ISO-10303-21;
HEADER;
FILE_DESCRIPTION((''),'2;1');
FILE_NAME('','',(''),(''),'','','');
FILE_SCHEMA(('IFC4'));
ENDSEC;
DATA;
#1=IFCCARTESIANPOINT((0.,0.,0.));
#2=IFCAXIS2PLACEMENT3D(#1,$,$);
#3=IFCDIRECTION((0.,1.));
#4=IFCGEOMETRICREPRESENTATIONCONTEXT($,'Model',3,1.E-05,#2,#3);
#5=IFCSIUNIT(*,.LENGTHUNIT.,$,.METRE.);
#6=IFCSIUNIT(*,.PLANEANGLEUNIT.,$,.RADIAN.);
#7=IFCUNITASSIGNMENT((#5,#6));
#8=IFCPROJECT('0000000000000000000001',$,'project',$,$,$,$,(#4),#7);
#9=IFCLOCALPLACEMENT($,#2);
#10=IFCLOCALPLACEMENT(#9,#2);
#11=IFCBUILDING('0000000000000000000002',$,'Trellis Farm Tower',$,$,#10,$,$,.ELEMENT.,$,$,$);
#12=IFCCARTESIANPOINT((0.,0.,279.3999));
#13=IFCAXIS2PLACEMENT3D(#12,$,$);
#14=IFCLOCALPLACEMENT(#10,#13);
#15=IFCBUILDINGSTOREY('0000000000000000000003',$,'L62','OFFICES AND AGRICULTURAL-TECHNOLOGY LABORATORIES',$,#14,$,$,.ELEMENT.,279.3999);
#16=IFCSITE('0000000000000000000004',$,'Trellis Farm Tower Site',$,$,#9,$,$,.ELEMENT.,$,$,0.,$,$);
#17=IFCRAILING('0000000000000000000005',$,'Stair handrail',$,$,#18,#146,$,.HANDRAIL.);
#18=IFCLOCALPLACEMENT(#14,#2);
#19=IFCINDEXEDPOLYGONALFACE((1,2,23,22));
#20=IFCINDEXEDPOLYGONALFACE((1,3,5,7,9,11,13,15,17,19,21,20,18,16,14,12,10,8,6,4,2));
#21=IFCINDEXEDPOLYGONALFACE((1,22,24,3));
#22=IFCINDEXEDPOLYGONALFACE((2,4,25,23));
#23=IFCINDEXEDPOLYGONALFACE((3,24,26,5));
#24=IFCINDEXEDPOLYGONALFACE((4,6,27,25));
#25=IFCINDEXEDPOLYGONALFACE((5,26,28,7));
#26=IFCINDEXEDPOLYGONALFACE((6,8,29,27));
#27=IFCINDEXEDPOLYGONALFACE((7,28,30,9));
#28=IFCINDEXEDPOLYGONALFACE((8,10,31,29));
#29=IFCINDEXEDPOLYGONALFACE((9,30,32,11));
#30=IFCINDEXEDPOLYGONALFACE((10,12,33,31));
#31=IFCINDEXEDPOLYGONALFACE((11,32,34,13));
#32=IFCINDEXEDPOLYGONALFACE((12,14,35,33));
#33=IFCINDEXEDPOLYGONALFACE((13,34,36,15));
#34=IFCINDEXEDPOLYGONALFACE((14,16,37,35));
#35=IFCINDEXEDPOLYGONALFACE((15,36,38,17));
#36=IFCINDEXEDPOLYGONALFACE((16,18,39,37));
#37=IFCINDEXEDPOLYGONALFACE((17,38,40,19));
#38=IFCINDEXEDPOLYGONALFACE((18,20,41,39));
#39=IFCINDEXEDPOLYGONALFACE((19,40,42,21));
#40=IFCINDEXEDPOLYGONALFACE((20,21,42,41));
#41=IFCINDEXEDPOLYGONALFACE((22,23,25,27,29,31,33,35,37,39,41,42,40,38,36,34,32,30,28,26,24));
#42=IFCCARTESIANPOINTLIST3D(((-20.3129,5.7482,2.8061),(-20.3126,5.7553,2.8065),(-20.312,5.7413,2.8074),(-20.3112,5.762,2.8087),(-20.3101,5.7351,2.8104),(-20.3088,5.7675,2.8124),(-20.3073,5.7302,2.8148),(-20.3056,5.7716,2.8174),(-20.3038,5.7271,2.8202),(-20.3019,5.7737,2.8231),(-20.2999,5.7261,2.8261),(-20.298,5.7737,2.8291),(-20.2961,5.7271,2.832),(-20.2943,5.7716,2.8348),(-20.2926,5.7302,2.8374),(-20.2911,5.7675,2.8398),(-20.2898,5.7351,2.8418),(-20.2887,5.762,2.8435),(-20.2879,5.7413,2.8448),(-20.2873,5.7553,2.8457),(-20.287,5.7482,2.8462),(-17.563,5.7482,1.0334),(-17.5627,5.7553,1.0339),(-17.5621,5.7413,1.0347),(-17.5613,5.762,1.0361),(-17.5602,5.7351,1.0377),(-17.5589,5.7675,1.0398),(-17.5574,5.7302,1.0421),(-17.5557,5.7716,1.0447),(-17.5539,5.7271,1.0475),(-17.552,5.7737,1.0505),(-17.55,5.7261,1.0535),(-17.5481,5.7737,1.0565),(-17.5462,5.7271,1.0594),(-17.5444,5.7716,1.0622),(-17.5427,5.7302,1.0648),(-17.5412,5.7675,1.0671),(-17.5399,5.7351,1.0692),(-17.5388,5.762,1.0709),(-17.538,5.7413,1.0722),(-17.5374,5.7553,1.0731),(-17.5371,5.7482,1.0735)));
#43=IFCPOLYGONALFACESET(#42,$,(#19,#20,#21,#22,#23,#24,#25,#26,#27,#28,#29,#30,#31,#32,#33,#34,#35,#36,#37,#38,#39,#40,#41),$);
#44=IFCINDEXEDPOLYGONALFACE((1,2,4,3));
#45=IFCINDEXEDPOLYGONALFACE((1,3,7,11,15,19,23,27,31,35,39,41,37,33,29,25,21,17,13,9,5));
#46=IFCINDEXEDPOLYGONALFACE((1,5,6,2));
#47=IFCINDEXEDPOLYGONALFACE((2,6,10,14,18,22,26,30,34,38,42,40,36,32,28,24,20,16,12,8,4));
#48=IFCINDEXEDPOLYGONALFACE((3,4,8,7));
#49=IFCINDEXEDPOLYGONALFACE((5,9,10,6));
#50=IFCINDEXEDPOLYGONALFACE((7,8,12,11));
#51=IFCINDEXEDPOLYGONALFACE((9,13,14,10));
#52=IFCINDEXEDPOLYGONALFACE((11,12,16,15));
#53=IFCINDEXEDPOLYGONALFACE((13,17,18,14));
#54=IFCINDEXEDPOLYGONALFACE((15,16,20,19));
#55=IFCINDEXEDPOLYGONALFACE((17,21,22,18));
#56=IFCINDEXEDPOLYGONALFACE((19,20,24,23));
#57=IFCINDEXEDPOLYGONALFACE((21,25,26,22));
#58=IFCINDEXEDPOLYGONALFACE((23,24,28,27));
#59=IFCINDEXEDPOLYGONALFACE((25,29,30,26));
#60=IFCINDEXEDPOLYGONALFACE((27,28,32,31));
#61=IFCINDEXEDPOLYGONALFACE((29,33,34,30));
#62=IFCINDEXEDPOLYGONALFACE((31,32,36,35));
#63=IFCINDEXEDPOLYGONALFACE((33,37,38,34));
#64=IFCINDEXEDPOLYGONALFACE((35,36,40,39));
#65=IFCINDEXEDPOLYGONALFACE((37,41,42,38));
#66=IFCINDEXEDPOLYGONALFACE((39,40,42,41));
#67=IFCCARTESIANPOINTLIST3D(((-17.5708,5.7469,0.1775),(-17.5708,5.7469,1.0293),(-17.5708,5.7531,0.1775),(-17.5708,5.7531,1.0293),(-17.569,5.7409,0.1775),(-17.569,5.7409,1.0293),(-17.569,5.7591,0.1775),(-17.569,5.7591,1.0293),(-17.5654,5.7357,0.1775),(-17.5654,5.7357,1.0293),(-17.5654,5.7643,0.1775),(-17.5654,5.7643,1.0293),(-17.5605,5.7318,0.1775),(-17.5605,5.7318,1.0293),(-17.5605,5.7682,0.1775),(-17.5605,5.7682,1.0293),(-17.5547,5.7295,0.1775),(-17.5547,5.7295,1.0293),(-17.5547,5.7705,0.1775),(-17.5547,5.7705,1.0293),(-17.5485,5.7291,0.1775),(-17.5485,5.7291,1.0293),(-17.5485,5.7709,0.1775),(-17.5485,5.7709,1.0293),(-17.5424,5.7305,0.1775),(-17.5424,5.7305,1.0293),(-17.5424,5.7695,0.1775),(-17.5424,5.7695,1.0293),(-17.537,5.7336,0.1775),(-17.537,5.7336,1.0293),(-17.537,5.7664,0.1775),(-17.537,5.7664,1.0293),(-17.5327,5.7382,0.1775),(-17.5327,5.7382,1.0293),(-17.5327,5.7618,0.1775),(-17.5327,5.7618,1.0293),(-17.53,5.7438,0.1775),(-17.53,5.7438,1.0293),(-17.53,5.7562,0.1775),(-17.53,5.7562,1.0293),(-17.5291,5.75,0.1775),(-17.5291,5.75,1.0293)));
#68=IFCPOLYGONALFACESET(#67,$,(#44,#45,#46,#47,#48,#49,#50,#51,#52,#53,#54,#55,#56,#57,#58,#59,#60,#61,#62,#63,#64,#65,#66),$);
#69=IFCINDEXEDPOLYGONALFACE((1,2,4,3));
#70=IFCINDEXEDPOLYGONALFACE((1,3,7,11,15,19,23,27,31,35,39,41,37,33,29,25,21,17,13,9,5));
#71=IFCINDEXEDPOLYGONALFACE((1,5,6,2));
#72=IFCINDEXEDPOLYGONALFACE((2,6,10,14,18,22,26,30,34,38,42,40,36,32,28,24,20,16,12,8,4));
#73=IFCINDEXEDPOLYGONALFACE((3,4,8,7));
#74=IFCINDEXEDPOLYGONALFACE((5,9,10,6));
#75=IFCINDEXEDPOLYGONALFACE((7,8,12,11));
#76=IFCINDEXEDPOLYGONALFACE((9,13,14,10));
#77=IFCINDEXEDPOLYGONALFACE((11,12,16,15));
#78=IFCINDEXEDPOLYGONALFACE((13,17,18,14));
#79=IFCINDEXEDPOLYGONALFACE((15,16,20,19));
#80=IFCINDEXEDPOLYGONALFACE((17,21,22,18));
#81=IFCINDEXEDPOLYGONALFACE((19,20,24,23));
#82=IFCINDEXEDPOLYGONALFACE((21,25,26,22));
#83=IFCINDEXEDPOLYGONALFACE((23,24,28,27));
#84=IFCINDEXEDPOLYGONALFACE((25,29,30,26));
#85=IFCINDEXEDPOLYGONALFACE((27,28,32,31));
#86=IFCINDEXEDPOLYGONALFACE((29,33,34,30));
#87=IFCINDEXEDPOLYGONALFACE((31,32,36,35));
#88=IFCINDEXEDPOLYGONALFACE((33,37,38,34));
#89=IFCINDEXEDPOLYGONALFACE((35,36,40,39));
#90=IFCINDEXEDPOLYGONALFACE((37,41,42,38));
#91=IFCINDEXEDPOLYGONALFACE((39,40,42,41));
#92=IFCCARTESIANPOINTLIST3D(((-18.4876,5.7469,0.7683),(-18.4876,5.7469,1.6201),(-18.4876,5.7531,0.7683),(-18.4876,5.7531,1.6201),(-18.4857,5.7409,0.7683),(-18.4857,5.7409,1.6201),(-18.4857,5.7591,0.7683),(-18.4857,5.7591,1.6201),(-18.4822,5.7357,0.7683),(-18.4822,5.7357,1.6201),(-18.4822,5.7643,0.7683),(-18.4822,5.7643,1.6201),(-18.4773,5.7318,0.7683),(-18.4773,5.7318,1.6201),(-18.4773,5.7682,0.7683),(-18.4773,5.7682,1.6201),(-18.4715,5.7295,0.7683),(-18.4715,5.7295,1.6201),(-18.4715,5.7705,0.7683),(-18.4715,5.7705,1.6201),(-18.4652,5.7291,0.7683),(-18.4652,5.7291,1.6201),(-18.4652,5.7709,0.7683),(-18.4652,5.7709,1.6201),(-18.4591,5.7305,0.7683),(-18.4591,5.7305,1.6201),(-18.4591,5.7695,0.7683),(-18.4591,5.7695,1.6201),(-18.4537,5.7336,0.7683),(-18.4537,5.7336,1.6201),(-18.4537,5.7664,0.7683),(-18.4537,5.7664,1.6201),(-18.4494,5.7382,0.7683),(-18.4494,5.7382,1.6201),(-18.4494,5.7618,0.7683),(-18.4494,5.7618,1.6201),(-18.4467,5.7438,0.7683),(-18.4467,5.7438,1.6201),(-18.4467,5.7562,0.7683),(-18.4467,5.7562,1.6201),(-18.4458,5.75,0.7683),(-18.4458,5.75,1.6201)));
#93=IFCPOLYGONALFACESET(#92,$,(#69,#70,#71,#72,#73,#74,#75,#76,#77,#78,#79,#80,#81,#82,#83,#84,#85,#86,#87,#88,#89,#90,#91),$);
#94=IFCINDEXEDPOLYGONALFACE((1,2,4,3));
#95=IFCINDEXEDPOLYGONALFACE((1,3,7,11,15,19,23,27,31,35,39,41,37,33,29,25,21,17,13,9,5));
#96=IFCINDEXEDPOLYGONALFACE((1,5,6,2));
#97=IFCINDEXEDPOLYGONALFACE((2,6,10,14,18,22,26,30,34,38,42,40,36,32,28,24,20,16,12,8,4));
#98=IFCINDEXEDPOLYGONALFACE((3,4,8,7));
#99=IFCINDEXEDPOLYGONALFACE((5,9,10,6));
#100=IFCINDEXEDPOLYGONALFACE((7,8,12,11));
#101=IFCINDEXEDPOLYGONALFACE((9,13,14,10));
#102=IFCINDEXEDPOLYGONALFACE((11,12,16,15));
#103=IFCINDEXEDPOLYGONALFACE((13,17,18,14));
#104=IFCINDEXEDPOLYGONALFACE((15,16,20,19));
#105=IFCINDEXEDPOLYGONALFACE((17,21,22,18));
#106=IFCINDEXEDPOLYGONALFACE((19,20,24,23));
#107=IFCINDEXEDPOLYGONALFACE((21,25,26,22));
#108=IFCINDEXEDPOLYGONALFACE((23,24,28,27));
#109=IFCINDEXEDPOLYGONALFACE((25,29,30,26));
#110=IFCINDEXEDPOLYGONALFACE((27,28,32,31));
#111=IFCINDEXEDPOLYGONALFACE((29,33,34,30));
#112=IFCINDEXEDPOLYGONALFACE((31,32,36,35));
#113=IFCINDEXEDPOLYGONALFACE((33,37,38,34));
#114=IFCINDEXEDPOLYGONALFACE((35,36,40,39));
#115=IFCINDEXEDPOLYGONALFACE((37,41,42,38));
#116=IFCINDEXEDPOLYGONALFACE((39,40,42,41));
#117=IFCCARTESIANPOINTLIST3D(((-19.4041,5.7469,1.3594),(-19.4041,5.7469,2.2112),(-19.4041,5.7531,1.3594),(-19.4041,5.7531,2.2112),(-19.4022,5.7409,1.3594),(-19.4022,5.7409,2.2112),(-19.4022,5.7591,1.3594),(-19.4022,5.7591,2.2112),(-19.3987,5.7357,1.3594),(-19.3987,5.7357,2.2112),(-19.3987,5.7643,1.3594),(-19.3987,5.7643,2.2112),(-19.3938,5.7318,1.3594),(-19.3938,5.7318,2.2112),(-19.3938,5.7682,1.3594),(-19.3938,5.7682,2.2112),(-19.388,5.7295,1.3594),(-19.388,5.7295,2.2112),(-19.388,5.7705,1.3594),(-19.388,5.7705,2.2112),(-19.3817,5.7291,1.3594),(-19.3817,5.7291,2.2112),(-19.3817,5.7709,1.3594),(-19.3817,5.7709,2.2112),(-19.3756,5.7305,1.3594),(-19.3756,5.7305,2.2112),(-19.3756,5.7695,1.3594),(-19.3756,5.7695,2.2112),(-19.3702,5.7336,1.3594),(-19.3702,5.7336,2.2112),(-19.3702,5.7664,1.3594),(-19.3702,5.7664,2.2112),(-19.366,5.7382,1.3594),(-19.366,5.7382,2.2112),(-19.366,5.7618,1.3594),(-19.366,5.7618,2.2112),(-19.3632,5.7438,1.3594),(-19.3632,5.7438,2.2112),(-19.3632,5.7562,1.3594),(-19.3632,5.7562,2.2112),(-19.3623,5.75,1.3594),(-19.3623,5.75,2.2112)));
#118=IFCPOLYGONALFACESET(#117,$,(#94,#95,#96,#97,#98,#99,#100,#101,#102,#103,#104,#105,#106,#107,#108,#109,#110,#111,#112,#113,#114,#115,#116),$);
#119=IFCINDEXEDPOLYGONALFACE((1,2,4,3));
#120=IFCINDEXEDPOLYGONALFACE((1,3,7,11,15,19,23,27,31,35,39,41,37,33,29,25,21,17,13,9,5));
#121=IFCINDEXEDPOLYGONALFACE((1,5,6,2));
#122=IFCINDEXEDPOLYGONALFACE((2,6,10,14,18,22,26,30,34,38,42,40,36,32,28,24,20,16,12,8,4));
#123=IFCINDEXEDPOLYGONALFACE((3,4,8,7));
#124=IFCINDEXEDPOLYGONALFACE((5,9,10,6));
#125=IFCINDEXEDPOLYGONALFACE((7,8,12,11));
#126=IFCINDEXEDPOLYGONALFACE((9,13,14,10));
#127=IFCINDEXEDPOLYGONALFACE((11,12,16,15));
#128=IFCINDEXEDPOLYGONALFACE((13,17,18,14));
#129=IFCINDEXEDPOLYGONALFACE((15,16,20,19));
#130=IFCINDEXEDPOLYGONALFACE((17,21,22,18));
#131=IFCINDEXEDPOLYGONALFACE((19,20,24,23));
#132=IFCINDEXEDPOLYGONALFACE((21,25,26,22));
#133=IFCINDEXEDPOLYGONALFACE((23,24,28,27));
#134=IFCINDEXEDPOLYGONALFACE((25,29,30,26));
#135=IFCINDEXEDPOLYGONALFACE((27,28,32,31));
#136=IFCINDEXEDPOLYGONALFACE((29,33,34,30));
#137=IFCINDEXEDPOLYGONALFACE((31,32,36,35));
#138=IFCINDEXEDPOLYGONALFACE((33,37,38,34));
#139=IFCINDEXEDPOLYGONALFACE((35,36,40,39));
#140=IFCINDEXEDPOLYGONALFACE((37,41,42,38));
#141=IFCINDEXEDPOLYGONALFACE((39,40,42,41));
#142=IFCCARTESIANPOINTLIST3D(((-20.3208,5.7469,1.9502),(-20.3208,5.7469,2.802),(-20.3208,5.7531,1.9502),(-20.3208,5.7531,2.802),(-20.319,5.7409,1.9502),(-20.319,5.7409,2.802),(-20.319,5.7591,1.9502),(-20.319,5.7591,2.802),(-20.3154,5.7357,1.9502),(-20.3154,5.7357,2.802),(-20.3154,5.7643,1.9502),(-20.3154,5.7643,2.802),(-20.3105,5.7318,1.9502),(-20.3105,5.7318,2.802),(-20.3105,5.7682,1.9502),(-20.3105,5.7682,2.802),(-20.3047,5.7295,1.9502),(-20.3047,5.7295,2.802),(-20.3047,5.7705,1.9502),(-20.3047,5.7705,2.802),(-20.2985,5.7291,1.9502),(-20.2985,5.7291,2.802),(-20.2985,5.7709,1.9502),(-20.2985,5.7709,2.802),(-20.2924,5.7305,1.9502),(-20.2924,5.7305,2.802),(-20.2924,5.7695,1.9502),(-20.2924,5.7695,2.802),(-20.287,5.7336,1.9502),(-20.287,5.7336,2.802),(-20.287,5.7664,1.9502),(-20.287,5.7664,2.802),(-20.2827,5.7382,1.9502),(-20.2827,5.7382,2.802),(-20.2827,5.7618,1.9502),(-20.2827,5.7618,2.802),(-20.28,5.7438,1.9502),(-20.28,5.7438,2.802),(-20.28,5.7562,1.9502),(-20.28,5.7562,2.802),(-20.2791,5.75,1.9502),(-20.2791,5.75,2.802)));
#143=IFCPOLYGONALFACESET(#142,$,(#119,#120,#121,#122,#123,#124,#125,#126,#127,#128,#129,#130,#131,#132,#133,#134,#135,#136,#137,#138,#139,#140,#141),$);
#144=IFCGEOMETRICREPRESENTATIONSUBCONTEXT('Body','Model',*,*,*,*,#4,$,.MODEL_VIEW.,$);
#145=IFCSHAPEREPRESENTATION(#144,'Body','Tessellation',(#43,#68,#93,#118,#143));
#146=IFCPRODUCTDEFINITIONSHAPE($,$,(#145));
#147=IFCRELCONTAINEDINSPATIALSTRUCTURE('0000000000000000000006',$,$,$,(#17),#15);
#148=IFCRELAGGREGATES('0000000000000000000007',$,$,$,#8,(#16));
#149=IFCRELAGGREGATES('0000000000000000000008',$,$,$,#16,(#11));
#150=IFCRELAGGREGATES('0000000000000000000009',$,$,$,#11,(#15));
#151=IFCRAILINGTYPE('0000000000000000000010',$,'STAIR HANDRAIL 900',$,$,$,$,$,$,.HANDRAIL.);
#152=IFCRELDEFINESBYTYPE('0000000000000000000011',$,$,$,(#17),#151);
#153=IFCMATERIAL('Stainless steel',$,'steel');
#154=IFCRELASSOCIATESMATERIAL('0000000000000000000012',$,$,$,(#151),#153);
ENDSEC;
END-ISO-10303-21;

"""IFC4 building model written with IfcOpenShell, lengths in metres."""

from ifc_helpers import new_model, si_unit, direction, frame, origin, origin_2d, place, context, subcontext, project, spatial, circle, extrude, source, transform, mapped, material, type_object, element, save


model = new_model("IFC4")

# Units and contexts
model_context = context("Model", 3, precision=1e-05, world=origin(), true_north=direction((0.0, 1.0)))
body_context = subcontext(model_context, "Body", "Model", "MODEL_VIEW")
ifc_project = project(units=[si_unit("LENGTHUNIT", "METRE"), si_unit("PLANEANGLEUNIT", "RADIAN")], contexts=[model_context])

# Site, building, storey
site_placement = place(None, origin())
site = spatial("IfcSite", under=ifc_project, at=site_placement, Name="Trellis Farm Tower Site", CompositionType="ELEMENT", RefElevation=0.0)
building_placement = place(site_placement, origin())
building = spatial("IfcBuilding", under=site, at=building_placement, Name="Trellis Farm Tower", CompositionType="ELEMENT")
storey_placement = place(building_placement, frame((0.0, 0.0, 279.3999)))
storey = spatial("IfcBuildingStorey", under=building, at=storey_placement, Name="L62", Description="OFFICES AND AGRICULTURAL-TECHNOLOGY LABORATORIES", CompositionType="ELEMENT", Elevation=279.3999)

# Railing
ifc_material_1 = material(Name="Stainless steel", Category="steel")
railing_type_1 = type_object("IfcRailingType", Name="STAIR HANDRAIL 900", PredefinedType="HANDRAIL", material=ifc_material_1)
shared_shape_1 = source(origin(), body_context, "Body", "SweptSolid", [
    extrude(circle(Radius=0.0239, at=origin_2d()), frame((0.0, 0.0, 0.876), z_axis=(-0.840504, 0.0, 0.541806), x_axis=(0.0, -1.0, 0.0)), (0.0, 0.0, 1.0), 3.2717),
    extrude(circle(Radius=0.021, at=origin_2d()), origin(), (0.0, 0.0, 1.0), 0.8518),
    extrude(circle(Radius=0.021, at=origin_2d()), frame((-0.9167, 0.0, 0.5908)), (0.0, 0.0, 1.0), 0.8518),
    extrude(circle(Radius=0.021, at=origin_2d()), frame((-1.8333, 0.0, 1.1819)), (0.0, 0.0, 1.0), 0.8518),
    extrude(circle(Radius=0.021, at=origin_2d()), frame((-2.75, 0.0, 1.7727)), (0.0, 0.0, 1.0), 0.8518),
])
for number, where, name in (
    (1, (-17.55, 5.75, 0.1775), "Stair handrail"),
):
    element("IfcRailing", number, at=place(storey_placement, frame(where)), inside=storey, type_object=railing_type_1, Name=name, PredefinedType="HANDRAIL", context=body_context, shape_type="MappedRepresentation", body=[
        mapped(shared_shape_1, transform((0.0, 0.0, 0.0))),
    ])

save(model, "model.ifc")
